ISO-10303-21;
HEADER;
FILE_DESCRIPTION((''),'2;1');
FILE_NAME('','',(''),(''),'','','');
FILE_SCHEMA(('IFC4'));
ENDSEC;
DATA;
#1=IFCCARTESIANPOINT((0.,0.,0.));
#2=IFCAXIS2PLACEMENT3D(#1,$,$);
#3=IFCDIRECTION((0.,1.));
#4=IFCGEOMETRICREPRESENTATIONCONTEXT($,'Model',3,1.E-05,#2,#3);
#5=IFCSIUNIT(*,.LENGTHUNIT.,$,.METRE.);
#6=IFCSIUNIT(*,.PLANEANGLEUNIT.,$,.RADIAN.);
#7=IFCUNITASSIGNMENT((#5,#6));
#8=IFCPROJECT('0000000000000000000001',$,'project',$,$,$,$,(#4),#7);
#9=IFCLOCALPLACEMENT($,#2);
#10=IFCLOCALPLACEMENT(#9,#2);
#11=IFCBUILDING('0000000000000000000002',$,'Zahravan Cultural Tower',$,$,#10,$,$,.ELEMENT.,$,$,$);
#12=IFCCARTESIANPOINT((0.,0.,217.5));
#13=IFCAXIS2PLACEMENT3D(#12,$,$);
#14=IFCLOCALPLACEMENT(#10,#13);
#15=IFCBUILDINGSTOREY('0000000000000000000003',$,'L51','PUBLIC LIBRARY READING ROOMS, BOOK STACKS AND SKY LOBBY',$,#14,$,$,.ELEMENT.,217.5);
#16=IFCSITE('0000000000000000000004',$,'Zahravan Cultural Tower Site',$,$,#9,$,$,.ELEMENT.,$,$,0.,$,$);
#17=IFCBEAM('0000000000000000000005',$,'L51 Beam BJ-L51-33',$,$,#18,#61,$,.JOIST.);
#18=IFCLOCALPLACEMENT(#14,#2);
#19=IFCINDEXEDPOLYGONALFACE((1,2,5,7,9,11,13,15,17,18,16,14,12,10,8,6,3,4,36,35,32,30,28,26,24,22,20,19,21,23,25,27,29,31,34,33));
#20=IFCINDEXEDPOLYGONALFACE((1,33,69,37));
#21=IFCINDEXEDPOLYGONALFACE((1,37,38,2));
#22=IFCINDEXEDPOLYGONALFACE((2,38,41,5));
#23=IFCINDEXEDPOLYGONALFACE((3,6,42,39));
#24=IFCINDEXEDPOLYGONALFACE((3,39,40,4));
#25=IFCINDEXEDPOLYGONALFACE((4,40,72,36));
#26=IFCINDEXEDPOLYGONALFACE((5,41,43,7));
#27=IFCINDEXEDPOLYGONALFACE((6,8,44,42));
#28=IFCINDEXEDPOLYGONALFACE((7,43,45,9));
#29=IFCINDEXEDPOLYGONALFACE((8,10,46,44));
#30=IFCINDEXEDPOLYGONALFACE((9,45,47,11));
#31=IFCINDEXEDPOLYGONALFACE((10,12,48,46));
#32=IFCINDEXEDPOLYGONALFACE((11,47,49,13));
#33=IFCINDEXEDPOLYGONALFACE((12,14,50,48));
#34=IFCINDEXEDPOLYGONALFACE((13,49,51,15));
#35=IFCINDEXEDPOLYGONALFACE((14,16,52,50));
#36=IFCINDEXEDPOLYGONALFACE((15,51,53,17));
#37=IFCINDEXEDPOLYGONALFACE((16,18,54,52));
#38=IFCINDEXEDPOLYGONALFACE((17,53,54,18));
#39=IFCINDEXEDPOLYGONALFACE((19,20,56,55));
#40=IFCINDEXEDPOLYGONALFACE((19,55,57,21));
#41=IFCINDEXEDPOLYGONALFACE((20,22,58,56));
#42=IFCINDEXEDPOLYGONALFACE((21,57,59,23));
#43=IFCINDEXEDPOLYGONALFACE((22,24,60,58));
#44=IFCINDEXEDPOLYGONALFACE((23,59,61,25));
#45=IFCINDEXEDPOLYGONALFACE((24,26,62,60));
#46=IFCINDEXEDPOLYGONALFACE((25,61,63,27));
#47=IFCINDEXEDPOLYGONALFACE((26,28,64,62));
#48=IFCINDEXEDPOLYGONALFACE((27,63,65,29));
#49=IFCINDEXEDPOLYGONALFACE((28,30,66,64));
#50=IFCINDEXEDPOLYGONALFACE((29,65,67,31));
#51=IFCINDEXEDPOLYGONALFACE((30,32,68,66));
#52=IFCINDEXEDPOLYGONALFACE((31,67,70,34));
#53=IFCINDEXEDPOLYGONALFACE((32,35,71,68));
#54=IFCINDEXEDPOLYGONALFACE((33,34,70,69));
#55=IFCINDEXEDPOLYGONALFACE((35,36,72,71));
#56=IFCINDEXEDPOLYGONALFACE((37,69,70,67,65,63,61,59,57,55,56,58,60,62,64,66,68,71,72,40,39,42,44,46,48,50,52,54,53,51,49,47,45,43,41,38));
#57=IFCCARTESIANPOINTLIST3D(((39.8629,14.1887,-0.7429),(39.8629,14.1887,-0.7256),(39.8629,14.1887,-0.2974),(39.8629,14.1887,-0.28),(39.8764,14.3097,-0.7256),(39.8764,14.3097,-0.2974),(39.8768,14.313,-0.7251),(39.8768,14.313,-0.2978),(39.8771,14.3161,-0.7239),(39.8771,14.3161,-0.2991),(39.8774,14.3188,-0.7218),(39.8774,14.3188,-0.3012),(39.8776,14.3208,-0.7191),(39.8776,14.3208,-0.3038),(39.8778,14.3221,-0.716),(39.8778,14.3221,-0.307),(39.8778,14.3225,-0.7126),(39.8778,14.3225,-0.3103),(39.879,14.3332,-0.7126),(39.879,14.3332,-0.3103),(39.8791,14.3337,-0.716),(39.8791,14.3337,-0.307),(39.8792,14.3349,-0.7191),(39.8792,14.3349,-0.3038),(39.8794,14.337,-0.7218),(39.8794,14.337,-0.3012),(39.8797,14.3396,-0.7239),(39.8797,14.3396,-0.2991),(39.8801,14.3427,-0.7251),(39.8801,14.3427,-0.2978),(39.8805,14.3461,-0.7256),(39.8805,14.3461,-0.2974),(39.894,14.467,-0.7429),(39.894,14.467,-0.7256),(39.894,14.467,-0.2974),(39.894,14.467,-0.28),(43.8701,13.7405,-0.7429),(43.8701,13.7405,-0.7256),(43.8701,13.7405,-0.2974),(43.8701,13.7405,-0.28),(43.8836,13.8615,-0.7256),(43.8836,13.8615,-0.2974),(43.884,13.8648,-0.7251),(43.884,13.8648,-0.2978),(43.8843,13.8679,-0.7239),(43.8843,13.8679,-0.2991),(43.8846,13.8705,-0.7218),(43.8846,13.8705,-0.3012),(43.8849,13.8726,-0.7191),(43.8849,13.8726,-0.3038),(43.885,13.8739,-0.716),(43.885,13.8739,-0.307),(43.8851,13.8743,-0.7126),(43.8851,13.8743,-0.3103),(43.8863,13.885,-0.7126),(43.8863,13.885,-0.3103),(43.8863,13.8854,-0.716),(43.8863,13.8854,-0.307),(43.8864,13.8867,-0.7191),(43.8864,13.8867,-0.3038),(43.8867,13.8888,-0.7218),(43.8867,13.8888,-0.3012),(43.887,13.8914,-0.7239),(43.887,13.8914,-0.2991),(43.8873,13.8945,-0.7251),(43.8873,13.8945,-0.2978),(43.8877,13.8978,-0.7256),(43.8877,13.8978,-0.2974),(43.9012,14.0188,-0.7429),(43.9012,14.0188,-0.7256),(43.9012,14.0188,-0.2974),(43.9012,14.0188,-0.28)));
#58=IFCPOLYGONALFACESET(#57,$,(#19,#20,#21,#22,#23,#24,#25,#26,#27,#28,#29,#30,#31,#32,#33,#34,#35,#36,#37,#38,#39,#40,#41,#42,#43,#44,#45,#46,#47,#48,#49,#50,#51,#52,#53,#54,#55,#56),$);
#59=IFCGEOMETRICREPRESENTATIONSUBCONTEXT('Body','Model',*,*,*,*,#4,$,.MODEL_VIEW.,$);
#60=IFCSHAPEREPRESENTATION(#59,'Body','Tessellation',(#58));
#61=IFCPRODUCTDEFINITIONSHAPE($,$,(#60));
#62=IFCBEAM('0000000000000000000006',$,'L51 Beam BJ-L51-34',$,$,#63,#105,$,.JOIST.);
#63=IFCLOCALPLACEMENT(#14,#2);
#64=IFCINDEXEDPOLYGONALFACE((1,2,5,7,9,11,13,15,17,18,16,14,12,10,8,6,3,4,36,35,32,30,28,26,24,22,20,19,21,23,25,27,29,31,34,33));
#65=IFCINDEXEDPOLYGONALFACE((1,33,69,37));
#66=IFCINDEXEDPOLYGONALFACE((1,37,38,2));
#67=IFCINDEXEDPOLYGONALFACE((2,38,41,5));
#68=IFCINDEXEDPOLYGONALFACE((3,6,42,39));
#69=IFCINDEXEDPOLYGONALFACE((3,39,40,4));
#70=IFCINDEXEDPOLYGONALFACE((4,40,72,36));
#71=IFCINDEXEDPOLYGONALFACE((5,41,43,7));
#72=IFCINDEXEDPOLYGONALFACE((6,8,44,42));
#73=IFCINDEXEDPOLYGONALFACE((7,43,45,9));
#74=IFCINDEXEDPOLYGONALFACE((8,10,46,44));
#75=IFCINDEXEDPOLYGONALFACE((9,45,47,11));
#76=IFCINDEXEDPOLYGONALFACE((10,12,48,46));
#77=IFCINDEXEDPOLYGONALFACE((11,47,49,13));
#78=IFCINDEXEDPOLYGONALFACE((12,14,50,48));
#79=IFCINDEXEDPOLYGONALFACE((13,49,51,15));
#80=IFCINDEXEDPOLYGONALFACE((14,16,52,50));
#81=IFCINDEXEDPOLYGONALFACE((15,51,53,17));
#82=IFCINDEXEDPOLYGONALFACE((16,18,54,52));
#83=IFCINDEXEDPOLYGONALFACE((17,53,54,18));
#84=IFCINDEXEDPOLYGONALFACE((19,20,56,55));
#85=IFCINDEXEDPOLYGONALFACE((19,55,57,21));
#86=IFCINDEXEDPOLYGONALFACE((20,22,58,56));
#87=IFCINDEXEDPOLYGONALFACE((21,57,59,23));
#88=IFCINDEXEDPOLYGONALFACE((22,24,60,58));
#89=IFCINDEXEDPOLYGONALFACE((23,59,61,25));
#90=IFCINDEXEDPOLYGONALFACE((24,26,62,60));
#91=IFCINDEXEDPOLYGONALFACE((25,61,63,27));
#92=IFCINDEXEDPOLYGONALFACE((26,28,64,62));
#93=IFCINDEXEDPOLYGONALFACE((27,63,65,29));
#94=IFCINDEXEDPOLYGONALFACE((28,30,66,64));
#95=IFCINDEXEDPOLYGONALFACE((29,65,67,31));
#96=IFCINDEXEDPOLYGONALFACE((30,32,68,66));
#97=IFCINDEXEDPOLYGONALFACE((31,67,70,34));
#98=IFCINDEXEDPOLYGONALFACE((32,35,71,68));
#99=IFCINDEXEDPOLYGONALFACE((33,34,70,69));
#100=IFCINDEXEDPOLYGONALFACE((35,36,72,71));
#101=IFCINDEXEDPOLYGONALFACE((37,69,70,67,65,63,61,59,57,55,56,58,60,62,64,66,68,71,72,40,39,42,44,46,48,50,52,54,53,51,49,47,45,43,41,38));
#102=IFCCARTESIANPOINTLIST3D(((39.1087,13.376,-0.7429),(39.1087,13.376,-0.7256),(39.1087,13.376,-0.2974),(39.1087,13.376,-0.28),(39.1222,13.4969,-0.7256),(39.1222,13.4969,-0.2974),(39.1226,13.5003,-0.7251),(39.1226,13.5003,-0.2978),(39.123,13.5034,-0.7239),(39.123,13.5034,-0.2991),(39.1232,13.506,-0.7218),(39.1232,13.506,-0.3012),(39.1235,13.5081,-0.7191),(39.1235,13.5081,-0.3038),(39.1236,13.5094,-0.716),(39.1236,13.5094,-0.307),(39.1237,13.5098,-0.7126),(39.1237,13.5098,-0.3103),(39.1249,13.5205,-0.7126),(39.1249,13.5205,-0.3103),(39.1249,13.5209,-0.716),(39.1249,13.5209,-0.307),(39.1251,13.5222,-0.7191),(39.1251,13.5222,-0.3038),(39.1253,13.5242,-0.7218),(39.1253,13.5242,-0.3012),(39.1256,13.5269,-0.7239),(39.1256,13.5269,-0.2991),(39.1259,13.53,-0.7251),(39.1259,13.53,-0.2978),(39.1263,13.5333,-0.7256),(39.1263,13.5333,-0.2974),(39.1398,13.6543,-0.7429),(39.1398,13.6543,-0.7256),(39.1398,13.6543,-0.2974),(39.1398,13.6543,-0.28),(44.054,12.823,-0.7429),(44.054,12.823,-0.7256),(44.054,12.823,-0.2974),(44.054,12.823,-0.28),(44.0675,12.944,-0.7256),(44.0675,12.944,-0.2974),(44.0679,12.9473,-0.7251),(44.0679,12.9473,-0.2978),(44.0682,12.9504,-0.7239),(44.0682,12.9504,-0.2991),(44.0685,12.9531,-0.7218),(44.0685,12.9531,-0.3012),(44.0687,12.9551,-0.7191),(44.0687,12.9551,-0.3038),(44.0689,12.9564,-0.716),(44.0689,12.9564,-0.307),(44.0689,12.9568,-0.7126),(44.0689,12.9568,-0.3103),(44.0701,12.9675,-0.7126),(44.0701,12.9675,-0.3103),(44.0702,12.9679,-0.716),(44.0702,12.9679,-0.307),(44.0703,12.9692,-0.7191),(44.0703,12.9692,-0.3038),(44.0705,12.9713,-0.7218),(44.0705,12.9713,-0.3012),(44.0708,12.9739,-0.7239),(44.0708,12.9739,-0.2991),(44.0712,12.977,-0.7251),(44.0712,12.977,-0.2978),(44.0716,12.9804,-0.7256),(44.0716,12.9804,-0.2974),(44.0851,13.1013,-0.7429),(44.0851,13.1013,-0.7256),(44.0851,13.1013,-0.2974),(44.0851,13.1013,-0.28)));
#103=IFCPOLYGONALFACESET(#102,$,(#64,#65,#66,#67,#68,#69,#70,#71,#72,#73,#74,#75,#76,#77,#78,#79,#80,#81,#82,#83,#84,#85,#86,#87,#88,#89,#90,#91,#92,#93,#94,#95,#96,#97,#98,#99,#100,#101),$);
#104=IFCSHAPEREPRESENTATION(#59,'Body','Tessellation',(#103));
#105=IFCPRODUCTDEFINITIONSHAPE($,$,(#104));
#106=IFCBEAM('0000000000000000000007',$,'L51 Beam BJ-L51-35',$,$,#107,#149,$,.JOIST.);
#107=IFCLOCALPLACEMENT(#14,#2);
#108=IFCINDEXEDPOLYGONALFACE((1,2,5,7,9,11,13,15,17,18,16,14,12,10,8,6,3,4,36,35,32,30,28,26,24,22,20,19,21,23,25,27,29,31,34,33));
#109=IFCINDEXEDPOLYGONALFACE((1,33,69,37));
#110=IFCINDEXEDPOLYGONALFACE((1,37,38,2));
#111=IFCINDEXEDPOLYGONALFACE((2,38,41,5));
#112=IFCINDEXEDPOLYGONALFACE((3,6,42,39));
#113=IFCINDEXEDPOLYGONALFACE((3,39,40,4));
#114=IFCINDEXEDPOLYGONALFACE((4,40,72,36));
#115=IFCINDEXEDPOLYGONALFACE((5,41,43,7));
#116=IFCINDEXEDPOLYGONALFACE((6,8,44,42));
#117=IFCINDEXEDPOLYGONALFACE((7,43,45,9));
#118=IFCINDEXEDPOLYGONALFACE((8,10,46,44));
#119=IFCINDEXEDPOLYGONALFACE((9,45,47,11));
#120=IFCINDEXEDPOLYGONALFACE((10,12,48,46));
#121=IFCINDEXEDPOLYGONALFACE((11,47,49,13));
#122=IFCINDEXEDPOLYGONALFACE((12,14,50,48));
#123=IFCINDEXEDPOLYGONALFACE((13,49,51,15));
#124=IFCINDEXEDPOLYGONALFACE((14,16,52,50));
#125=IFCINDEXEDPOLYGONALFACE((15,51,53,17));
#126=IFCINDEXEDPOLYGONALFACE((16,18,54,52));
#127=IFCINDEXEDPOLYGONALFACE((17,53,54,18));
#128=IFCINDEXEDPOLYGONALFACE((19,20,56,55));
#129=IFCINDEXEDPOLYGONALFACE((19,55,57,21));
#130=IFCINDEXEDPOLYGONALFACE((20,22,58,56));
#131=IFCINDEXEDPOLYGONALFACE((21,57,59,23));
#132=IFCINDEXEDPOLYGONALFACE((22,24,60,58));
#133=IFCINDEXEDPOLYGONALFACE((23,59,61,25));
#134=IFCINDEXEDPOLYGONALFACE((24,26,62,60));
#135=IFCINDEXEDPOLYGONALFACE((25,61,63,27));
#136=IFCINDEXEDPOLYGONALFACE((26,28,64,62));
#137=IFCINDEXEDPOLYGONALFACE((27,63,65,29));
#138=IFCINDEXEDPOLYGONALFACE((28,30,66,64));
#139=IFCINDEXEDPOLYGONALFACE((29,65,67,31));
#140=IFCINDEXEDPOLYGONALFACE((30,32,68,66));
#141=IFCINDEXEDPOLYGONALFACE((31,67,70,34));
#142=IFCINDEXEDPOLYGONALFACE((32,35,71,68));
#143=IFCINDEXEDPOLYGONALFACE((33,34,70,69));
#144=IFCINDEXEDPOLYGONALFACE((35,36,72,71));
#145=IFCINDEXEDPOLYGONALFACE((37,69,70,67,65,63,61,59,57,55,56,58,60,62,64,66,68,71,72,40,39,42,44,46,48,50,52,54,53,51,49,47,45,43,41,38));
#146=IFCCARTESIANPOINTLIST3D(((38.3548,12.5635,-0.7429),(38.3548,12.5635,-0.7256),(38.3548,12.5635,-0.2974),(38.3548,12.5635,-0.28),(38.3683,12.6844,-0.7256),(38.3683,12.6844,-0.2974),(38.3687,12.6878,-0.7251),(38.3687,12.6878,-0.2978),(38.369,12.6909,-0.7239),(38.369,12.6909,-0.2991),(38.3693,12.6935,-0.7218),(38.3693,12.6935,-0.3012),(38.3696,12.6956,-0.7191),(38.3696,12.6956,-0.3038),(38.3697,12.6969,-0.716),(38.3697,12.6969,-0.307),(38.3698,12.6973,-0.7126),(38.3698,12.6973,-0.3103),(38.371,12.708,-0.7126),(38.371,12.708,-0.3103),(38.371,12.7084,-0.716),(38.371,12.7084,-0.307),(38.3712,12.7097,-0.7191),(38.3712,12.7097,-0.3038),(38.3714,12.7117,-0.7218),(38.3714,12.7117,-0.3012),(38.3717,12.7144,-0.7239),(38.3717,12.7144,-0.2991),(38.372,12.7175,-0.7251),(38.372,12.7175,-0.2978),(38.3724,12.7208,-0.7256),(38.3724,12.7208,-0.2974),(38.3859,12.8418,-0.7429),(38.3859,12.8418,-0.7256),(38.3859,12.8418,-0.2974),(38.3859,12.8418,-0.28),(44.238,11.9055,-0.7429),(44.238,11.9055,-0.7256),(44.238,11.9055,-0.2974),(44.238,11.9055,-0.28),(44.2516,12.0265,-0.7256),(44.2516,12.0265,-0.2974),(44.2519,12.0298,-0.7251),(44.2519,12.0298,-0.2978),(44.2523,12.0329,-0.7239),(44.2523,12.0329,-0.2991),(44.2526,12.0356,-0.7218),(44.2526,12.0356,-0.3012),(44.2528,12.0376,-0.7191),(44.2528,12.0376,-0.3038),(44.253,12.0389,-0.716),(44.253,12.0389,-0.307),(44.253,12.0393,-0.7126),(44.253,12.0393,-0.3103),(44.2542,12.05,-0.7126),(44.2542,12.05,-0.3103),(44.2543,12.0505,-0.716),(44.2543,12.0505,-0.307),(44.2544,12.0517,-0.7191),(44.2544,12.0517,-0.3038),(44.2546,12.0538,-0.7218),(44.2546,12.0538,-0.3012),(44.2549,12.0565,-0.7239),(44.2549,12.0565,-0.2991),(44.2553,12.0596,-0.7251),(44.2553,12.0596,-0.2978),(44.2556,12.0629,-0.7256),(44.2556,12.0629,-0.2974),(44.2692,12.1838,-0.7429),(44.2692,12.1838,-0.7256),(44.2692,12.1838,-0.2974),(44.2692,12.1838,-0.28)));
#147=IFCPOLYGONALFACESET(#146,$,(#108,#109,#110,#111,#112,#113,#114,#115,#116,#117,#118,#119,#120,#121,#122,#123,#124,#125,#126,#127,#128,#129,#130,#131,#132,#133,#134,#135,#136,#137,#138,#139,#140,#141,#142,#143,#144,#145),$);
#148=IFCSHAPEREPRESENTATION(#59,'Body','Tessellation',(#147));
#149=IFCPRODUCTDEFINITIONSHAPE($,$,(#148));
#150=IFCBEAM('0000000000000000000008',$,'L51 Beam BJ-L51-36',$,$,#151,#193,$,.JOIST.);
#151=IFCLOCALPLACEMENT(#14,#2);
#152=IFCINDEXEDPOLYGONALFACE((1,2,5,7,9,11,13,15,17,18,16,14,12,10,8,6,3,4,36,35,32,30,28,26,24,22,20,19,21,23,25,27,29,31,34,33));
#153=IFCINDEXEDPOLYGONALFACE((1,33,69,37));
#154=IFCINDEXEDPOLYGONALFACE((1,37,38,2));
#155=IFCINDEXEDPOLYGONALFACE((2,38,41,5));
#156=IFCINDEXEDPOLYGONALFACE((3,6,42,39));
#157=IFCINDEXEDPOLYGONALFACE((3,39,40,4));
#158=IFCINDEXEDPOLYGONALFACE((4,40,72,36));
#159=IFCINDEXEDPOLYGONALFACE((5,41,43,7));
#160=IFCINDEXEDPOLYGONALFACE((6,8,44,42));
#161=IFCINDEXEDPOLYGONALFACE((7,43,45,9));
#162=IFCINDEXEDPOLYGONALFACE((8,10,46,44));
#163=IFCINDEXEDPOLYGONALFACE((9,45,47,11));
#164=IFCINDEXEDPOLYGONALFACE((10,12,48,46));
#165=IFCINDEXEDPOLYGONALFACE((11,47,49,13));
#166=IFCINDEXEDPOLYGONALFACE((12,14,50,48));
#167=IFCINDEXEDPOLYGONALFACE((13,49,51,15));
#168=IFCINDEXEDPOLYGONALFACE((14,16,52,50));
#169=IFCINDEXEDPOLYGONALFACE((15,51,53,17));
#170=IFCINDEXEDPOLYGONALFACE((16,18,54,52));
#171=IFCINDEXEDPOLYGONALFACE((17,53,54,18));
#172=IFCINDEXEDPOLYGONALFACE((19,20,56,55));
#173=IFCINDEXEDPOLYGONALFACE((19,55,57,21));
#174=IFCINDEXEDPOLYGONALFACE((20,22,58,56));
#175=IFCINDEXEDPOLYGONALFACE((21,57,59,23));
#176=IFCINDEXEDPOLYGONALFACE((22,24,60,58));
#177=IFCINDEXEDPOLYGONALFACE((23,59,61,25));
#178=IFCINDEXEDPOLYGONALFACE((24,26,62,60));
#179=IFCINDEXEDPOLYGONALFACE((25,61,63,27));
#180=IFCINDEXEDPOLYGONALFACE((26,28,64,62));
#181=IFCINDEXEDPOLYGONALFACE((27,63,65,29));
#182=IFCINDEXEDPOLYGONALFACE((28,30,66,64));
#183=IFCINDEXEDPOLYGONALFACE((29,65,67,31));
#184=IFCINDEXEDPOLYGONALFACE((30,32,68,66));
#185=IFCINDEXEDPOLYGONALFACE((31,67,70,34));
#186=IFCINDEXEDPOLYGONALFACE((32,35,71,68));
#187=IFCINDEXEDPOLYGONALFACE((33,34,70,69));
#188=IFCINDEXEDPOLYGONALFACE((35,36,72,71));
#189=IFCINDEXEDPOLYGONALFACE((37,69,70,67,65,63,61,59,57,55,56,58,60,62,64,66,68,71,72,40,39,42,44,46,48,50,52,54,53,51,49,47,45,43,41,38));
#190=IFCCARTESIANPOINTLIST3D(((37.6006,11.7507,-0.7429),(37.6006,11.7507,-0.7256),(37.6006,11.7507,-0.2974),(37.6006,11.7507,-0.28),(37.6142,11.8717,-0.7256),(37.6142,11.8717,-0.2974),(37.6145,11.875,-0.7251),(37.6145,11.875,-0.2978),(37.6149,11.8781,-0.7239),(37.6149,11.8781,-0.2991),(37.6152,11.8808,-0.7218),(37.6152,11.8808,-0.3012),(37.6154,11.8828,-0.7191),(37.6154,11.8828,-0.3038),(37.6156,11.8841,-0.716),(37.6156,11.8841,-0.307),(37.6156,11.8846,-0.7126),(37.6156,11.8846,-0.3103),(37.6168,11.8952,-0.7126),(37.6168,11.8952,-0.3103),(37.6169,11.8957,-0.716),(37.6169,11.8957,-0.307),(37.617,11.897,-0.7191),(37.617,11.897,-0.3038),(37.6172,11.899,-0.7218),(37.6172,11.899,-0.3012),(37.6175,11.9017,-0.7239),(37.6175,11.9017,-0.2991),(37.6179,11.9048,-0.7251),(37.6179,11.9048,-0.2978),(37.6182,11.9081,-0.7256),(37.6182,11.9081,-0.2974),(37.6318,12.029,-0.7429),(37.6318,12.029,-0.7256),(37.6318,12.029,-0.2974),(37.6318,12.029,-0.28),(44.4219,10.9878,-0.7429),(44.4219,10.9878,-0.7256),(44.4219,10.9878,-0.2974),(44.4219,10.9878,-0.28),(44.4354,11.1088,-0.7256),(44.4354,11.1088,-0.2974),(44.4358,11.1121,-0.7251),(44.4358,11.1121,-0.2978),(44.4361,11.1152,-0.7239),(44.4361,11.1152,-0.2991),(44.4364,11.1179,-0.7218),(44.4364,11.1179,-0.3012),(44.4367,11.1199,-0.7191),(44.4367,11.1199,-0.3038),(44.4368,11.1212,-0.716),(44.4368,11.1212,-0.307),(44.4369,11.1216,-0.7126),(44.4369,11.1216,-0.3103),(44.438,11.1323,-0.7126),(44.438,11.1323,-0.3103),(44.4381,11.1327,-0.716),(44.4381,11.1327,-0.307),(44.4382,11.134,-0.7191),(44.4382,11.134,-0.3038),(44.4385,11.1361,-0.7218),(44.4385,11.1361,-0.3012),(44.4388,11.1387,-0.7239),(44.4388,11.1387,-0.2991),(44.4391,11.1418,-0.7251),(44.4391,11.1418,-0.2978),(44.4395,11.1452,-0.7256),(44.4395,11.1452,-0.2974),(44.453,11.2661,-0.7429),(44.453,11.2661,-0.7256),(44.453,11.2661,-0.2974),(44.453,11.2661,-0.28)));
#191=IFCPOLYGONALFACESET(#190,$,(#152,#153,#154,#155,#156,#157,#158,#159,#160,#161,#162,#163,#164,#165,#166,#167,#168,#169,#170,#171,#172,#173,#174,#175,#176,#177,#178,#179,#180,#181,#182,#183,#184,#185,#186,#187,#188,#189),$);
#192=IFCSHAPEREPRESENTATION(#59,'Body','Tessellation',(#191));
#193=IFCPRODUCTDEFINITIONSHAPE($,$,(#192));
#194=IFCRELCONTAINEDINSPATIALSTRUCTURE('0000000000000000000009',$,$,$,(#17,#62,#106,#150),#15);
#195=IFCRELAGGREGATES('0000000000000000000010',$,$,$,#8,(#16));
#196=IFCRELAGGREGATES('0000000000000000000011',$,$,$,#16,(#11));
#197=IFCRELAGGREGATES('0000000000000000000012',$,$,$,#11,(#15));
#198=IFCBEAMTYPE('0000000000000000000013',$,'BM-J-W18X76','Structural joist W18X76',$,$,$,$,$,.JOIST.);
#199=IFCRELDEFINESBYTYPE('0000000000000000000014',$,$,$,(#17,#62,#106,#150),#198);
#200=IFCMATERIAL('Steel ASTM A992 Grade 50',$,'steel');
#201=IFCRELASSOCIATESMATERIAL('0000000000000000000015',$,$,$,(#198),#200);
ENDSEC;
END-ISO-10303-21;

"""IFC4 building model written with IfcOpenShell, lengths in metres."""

from ifc_helpers import new_model, si_unit, direction, frame, origin, origin_2d, place, context, subcontext, project, spatial, i_section, extrude, source, transform, mapped, material, material_profile, profile_set, type_object, element, save


model = new_model("IFC4")

# Units and contexts
model_context = context("Model", 3, precision=1e-05, world=origin(), true_north=direction((0.0, 1.0)))
body_context = subcontext(model_context, "Body", "Model", "MODEL_VIEW")
ifc_project = project(units=[si_unit("LENGTHUNIT", "METRE"), si_unit("PLANEANGLEUNIT", "RADIAN")], contexts=[model_context])

# Site, building, storey
site_placement = place(None, origin())
site = spatial("IfcSite", under=ifc_project, at=site_placement, Name="Zahravan Cultural Tower Site", CompositionType="ELEMENT", RefElevation=0.0)
building_placement = place(site_placement, origin())
building = spatial("IfcBuilding", under=site, at=building_placement, Name="Zahravan Cultural Tower", CompositionType="ELEMENT")
storey_placement = place(building_placement, frame((0.0, 0.0, 217.5)))
storey = spatial("IfcBuildingStorey", under=building, at=storey_placement, Name="L51", Description="PUBLIC LIBRARY READING ROOMS, BOOK STACKS AND SKY LOBBY", CompositionType="ELEMENT", Elevation=217.5)

# Beams
ifc_material_1 = material(Name="Steel ASTM A992 Grade 50", Category="steel")
ifc_material_profile_1 = material_profile(ifc_material_1, i_section(OverallWidth=0.28, OverallDepth=0.4629, WebThickness=0.0107, FlangeThickness=0.0173, FilletRadius=0.0129, at=origin_2d()), Name="W18X76")
ifc_profile_set_1 = profile_set([ifc_material_profile_1], Name="Steel ASTM A992 Grade 50")
beam_type = type_object("IfcBeamType", Name="BM-J-W18X76", Description="Structural joist W18X76", PredefinedType="JOIST", material=ifc_profile_set_1)
shared_shape_1 = source(origin(), body_context, "Body", "SweptSolid", [
    extrude(i_section(OverallWidth=0.28, OverallDepth=0.4629, WebThickness=0.0107, FlangeThickness=0.0173, FilletRadius=0.0129, at=origin_2d()), origin(), (0.0, 0.0, 1.0), 4.0322),
])
beam_1_placement = place(storey_placement, frame((39.8784, 14.3279, -0.5115), z_axis=(0.993802, -0.111162, 0.0), x_axis=(0.111162, 0.993802, 0.0)))
element("IfcBeam", 1, at=beam_1_placement, inside=storey, type_object=beam_type, Name="L51 Beam BJ-L51-33", PredefinedType="JOIST", context=body_context, shape_type="MappedRepresentation", body=[
    mapped(shared_shape_1, transform((0.0, 0.0, 0.0), x_axis=(1.0, 0.0, 0.0), y_axis=(0.0, 1.0, 0.0), z_axis=(0.0, 0.0, 1.0), scale=1.0)),
])
shared_shape_2 = source(origin(), body_context, "Body", "SweptSolid", [
    extrude(i_section(OverallWidth=0.28, OverallDepth=0.4629, WebThickness=0.0107, FlangeThickness=0.0173, FilletRadius=0.0129, at=origin_2d()), origin(), (0.0, 0.0, 1.0), 4.9761),
])
beam_2_placement = place(storey_placement, frame((39.1243, 13.5151, -0.5115), z_axis=(0.993806, -0.111126, 0.0), x_axis=(0.111126, 0.993806, 0.0)))
element("IfcBeam", 2, at=beam_2_placement, inside=storey, type_object=beam_type, Name="L51 Beam BJ-L51-34", PredefinedType="JOIST", context=body_context, shape_type="MappedRepresentation", body=[
    mapped(shared_shape_2, transform((0.0, 0.0, 0.0), x_axis=(1.0, 0.0, 0.0), y_axis=(0.0, 1.0, 0.0), z_axis=(0.0, 0.0, 1.0), scale=1.0)),
])
shared_shape_3 = source(origin(), body_context, "Body", "SweptSolid", [
    extrude(i_section(OverallWidth=0.28, OverallDepth=0.4629, WebThickness=0.0107, FlangeThickness=0.0173, FilletRadius=0.0129, at=origin_2d()), origin(), (0.0, 0.0, 1.0), 5.9199),
])
beam_3_placement = place(storey_placement, frame((38.3704, 12.7026, -0.5115), z_axis=(0.993805, -0.111142, 0.0), x_axis=(0.111142, 0.993805, 0.0)))
element("IfcBeam", 3, at=beam_3_placement, inside=storey, type_object=beam_type, Name="L51 Beam BJ-L51-35", PredefinedType="JOIST", context=body_context, shape_type="MappedRepresentation", body=[
    mapped(shared_shape_3, transform((0.0, 0.0, 0.0), x_axis=(1.0, 0.0, 0.0), y_axis=(0.0, 1.0, 0.0), z_axis=(0.0, 0.0, 1.0), scale=1.0)),
])
shared_shape_4 = source(origin(), body_context, "Body", "SweptSolid", [
    extrude(i_section(OverallWidth=0.28, OverallDepth=0.4629, WebThickness=0.0107, FlangeThickness=0.0173, FilletRadius=0.0129, at=origin_2d()), origin(), (0.0, 0.0, 1.0), 6.8638),
])
beam_4_placement = place(storey_placement, frame((37.6162, 11.8899, -0.5115), z_axis=(0.993803, -0.111154, 0.0), x_axis=(0.111154, 0.993803, 0.0)))
element("IfcBeam", 4, at=beam_4_placement, inside=storey, type_object=beam_type, Name="L51 Beam BJ-L51-36", PredefinedType="JOIST", context=body_context, shape_type="MappedRepresentation", body=[
    mapped(shared_shape_4, transform((0.0, 0.0, 0.0), x_axis=(1.0, 0.0, 0.0), y_axis=(0.0, 1.0, 0.0), z_axis=(0.0, 0.0, 1.0), scale=1.0)),
])

save(model, "model.ifc")
